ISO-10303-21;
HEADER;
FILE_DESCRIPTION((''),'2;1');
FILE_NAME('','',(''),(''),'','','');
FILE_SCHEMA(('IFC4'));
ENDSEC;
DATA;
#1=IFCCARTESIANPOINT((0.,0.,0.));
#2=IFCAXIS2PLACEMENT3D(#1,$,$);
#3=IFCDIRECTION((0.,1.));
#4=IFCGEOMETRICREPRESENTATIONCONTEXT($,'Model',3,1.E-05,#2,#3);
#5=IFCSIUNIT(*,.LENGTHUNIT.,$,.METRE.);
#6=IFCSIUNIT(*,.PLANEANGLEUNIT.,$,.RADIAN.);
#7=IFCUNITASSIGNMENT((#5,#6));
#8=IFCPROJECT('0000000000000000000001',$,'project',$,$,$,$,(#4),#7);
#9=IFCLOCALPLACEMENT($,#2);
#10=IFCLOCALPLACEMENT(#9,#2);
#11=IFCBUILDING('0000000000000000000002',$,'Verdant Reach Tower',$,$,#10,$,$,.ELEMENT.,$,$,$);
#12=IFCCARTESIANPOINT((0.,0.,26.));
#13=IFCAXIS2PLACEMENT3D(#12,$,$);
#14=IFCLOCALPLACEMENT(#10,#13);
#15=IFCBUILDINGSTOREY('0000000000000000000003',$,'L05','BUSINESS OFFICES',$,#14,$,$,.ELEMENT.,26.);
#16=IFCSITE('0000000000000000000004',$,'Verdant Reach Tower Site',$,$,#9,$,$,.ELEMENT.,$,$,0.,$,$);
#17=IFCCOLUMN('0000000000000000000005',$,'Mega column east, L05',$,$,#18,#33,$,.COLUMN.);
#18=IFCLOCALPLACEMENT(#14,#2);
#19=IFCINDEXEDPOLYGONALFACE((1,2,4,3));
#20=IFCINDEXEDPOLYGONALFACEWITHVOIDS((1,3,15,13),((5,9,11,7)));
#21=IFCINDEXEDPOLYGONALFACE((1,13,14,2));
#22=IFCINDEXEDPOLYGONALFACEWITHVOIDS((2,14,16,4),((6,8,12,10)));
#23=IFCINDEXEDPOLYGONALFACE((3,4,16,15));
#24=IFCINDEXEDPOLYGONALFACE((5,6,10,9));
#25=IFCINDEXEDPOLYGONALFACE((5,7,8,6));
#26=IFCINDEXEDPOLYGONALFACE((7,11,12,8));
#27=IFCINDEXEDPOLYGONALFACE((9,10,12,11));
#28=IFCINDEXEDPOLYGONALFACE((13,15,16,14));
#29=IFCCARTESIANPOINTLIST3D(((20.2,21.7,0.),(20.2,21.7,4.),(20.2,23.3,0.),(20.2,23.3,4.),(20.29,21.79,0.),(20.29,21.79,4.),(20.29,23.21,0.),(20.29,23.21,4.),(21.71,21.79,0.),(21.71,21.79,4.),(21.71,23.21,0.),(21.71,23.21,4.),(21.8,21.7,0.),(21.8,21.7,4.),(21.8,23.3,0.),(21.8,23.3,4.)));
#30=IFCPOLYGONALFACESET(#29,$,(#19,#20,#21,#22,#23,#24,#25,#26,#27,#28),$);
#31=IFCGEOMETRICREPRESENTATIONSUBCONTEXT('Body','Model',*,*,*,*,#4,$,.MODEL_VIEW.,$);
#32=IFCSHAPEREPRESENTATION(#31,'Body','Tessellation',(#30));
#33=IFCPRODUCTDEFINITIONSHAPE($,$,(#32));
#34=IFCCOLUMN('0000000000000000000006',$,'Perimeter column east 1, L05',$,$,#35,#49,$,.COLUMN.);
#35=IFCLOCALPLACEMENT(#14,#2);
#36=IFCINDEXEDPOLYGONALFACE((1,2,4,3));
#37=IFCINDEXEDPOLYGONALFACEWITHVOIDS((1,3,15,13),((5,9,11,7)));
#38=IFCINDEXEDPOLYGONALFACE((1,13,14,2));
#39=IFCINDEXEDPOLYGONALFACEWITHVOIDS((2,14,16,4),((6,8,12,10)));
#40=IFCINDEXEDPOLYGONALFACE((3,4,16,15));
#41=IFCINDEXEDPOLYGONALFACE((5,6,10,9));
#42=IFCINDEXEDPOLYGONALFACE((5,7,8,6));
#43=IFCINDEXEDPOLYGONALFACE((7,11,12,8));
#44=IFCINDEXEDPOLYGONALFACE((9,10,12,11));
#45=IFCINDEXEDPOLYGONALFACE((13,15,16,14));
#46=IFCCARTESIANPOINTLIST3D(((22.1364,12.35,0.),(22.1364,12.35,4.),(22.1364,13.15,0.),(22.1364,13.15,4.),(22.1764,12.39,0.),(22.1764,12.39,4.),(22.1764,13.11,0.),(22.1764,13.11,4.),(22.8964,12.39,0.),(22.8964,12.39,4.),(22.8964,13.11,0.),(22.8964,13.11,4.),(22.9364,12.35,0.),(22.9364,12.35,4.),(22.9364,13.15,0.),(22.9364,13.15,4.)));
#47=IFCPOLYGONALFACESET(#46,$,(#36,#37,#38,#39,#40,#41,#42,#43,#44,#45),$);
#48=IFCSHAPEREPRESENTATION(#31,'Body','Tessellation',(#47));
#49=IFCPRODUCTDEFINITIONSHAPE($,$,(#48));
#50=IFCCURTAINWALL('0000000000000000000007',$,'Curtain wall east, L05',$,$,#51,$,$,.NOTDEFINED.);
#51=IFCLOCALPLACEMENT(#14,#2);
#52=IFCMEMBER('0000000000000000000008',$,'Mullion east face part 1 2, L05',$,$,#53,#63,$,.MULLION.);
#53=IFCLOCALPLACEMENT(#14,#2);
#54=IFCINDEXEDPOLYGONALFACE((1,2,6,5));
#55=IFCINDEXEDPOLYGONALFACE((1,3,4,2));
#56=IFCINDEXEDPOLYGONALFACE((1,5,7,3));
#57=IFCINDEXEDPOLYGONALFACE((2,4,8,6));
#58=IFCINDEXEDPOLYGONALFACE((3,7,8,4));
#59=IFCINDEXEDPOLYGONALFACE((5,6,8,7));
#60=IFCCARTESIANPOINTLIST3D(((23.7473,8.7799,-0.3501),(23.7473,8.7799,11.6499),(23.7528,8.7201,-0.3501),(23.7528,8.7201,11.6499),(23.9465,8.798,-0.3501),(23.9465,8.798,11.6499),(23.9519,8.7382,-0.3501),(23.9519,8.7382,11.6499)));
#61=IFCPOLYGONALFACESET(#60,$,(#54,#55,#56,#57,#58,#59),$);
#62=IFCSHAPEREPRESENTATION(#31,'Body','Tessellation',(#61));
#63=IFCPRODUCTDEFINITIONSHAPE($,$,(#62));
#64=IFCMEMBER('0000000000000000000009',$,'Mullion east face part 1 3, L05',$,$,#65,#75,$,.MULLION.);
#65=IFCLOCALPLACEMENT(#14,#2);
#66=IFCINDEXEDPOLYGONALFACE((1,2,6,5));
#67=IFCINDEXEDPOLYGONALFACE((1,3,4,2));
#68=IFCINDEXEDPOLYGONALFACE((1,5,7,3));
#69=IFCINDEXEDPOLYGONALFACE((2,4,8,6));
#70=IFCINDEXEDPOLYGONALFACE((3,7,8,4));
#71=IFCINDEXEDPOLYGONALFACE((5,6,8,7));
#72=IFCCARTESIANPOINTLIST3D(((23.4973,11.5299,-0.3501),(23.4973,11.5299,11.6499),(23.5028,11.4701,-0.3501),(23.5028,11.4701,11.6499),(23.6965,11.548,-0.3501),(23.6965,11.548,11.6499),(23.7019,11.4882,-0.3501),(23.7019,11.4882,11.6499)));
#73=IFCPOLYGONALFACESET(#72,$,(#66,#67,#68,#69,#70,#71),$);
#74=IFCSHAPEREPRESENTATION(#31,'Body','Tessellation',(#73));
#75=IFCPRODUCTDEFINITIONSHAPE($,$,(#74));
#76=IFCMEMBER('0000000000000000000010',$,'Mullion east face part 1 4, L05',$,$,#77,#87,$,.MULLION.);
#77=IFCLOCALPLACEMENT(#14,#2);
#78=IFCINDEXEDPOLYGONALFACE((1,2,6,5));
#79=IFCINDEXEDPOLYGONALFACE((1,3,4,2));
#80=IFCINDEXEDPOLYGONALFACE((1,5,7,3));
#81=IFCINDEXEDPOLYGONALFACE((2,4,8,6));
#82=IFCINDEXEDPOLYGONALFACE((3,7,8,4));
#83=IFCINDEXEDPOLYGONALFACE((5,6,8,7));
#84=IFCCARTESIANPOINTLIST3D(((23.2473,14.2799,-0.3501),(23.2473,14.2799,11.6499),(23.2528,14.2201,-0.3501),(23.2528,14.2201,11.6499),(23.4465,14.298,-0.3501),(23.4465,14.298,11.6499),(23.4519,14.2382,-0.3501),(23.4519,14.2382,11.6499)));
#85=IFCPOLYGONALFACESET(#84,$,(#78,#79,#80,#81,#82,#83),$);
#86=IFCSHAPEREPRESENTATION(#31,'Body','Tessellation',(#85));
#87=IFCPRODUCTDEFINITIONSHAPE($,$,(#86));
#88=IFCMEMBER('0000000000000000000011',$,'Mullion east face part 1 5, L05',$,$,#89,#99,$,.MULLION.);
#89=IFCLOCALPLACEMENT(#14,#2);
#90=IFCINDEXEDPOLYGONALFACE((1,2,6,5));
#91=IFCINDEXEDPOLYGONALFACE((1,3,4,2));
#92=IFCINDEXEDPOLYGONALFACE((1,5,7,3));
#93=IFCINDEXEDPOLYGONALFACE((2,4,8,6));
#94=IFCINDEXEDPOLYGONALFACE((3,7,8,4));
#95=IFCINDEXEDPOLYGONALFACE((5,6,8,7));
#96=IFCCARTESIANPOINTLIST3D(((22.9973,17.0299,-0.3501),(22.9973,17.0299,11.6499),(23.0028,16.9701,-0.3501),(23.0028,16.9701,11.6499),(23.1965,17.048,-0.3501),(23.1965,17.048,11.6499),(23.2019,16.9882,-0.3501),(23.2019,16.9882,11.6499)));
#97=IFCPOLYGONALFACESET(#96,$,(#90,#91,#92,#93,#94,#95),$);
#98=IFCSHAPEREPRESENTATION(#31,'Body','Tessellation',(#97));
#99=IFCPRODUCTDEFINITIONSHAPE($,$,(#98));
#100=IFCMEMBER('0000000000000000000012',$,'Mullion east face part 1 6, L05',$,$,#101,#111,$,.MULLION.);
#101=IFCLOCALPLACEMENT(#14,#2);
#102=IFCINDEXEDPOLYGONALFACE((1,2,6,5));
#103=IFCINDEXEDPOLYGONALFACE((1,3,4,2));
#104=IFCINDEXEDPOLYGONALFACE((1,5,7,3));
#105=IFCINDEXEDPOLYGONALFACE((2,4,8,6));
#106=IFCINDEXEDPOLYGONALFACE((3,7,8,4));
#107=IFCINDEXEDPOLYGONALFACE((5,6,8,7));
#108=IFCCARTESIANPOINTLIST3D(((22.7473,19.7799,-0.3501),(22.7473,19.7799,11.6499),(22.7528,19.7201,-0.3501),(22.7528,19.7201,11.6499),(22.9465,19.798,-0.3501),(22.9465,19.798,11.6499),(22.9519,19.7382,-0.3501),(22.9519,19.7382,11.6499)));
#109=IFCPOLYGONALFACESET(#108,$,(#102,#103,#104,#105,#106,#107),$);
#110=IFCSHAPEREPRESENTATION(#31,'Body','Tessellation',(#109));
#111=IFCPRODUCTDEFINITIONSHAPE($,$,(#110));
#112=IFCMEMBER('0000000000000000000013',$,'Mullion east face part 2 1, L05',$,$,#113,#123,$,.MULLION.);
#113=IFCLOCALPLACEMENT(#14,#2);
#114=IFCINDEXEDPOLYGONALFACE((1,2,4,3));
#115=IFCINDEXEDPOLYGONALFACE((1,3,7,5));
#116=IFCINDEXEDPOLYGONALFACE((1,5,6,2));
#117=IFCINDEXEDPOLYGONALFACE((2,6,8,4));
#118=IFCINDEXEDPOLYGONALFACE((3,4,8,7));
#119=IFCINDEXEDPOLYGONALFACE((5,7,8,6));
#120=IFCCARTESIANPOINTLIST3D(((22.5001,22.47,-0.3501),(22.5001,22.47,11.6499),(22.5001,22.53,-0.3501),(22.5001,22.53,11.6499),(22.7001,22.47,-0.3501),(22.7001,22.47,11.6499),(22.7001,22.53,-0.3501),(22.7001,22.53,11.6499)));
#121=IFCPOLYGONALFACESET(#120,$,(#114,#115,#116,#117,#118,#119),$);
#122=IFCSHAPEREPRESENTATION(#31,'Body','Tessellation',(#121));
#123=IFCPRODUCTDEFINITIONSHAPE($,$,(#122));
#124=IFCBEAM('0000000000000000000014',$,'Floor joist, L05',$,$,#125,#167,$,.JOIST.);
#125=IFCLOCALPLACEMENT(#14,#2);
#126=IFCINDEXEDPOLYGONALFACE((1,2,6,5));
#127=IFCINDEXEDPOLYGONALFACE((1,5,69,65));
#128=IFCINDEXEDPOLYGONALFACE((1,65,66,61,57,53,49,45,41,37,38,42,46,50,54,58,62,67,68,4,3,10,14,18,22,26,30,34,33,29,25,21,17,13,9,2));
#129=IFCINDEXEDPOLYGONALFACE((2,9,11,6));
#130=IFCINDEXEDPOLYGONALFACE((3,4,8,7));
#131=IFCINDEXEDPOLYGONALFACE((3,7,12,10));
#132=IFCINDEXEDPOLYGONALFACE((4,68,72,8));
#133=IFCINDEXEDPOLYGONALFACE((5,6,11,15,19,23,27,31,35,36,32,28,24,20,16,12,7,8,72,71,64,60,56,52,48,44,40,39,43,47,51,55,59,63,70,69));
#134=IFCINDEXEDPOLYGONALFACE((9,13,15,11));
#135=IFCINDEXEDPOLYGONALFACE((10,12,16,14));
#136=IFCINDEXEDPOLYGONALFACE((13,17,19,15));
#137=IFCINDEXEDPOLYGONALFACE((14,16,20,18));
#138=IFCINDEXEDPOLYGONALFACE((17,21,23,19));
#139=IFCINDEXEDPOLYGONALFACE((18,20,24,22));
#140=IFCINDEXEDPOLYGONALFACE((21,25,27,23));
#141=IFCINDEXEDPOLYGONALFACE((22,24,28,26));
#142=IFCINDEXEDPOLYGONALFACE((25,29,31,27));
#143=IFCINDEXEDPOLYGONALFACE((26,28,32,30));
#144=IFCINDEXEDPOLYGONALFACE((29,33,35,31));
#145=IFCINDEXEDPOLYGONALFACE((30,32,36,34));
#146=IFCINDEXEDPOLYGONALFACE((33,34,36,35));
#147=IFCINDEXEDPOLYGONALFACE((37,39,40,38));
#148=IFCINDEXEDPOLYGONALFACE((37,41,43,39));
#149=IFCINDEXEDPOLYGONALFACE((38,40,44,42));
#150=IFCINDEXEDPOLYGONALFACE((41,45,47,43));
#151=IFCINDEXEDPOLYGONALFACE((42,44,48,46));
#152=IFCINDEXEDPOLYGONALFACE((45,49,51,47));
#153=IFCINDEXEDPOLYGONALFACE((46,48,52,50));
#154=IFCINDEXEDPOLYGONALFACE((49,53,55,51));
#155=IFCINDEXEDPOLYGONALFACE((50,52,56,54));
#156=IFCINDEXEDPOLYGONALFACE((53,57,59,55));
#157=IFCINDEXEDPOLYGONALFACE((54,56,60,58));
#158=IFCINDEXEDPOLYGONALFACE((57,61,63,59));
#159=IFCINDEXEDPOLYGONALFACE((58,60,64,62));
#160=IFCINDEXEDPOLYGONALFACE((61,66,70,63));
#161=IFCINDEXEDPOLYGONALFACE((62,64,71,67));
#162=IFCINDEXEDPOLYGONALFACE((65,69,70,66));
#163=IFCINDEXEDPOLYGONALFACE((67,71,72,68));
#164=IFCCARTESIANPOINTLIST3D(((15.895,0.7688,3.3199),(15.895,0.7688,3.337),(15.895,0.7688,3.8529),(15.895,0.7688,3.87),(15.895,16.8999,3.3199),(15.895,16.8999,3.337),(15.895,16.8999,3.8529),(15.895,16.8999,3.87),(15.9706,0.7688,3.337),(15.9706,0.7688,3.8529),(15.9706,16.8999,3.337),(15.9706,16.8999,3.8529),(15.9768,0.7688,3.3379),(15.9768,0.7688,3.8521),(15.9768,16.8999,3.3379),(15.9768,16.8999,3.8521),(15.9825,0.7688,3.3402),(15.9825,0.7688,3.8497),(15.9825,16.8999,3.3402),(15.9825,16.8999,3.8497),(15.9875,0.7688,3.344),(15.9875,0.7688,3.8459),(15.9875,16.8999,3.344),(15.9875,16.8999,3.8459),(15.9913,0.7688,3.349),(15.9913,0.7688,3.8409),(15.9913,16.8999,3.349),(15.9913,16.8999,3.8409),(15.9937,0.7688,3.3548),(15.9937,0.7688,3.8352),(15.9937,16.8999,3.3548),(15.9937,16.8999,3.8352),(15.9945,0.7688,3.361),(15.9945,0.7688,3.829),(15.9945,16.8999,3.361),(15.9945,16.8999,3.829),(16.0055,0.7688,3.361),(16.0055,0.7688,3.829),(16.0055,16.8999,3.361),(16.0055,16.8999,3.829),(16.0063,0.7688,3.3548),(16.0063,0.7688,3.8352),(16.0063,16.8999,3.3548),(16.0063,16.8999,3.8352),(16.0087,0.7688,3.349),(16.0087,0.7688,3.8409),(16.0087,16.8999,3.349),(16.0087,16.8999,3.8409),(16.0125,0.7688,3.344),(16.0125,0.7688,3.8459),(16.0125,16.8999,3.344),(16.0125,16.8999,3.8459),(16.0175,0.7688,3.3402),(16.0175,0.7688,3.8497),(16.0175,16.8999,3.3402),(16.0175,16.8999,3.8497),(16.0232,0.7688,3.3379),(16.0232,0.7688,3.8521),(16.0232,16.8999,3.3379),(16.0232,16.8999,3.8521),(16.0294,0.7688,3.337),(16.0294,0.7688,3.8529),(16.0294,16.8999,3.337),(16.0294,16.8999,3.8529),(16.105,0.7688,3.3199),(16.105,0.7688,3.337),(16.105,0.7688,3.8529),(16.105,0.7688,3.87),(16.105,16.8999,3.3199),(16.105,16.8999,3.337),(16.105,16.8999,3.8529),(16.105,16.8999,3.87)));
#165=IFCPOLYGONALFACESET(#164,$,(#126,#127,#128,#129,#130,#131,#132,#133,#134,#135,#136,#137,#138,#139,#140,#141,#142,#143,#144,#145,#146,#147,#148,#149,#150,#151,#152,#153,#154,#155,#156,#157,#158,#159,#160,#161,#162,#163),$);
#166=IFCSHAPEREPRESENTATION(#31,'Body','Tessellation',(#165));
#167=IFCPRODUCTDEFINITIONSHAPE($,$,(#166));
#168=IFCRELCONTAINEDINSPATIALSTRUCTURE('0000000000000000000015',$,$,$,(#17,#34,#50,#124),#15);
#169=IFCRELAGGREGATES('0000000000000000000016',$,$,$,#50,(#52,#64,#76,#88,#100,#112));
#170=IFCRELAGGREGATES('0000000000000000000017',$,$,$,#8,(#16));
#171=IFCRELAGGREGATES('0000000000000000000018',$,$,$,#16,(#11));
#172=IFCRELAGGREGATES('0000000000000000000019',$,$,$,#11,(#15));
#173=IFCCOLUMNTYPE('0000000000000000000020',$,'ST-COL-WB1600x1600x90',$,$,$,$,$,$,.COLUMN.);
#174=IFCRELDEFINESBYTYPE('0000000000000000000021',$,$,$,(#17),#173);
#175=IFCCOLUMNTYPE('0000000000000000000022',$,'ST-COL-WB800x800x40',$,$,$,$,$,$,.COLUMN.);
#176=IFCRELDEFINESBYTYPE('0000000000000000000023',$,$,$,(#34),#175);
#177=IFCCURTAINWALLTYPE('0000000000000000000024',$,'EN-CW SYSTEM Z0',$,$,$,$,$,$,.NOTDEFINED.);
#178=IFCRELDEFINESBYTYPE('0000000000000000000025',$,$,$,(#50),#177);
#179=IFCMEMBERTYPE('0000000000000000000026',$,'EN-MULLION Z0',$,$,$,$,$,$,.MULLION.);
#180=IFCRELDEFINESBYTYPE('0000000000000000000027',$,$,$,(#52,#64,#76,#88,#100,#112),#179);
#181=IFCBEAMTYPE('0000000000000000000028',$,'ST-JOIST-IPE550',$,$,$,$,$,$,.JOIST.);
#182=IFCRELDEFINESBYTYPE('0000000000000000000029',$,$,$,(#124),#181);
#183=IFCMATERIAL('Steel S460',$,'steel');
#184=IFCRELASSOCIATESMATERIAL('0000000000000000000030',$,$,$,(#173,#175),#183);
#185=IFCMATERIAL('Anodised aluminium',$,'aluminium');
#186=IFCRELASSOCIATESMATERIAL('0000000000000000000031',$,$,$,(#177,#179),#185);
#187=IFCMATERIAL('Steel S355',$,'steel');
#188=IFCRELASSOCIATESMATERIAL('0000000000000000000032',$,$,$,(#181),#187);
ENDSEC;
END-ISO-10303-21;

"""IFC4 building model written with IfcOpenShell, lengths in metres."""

from ifc_helpers import new_model, si_unit, direction, frame, origin, origin_2d, place, context, subcontext, project, spatial, rectangle, hollow_rectangle, i_section, extrude, material, material_profile, profile_set, type_object, element, aggregate, save


model = new_model("IFC4")

# Units and contexts
model_context = context("Model", 3, precision=1e-05, world=origin(), true_north=direction((0.0, 1.0)))
body_context = subcontext(model_context, "Body", "Model", "MODEL_VIEW")
ifc_project = project(units=[si_unit("LENGTHUNIT", "METRE"), si_unit("PLANEANGLEUNIT", "RADIAN")], contexts=[model_context])

# Site, building, storey
site_placement = place(None, origin())
site = spatial("IfcSite", under=ifc_project, at=site_placement, Name="Verdant Reach Tower Site", CompositionType="ELEMENT", RefElevation=0.0)
building_placement = place(site_placement, origin())
building = spatial("IfcBuilding", under=site, at=building_placement, Name="Verdant Reach Tower", CompositionType="ELEMENT")
storey_placement = place(building_placement, frame((0.0, 0.0, 26.0)))
storey = spatial("IfcBuildingStorey", under=building, at=storey_placement, Name="L05", Description="BUSINESS OFFICES", CompositionType="ELEMENT", Elevation=26.0)

# Columns
ifc_material_1 = material(Name="Steel S460", Category="steel")
ifc_material_profile_1 = material_profile(ifc_material_1, hollow_rectangle(XDim=1.6001, YDim=1.6001, WallThickness=0.0901, at=origin_2d()), Name="WB 1600x1600x90")
ifc_profile_set_1 = profile_set([ifc_material_profile_1], Name="Steel S460")
column_type_1 = type_object("IfcColumnType", Name="ST-COL-WB1600x1600x90", PredefinedType="COLUMN", material=ifc_profile_set_1)
column_1_placement = place(storey_placement, frame((21.0, 22.5, 0.0), z_axis=(0.0, 0.0, 1.0), x_axis=(1.0, 0.0, 0.0)))
element("IfcColumn", 1, at=column_1_placement, inside=storey, type_object=column_type_1, Name="Mega column east, L05", PredefinedType="COLUMN", context=body_context, shape_type="SweptSolid", body=[
    extrude(hollow_rectangle(XDim=1.6001, YDim=1.6001, WallThickness=0.0901, at=origin_2d()), origin(), (0.0, 0.0, 1.0), 4.0),
])
ifc_material_profile_2 = material_profile(ifc_material_1, hollow_rectangle(XDim=0.8, YDim=0.8, WallThickness=0.04, at=origin_2d()), Name="WB 800x800x40")
ifc_profile_set_2 = profile_set([ifc_material_profile_2], Name="Steel S460")
column_type_2 = type_object("IfcColumnType", Name="ST-COL-WB800x800x40", PredefinedType="COLUMN", material=ifc_profile_set_2)
column_2_placement = place(storey_placement, frame((22.5364, 12.75, 0.0), z_axis=(0.0, 0.0, 1.0), x_axis=(1.0, 0.0, 0.0)))
element("IfcColumn", 2, at=column_2_placement, inside=storey, type_object=column_type_2, Name="Perimeter column east 1, L05", PredefinedType="COLUMN", context=body_context, shape_type="SweptSolid", body=[
    extrude(hollow_rectangle(XDim=0.8, YDim=0.8, WallThickness=0.04, at=origin_2d()), origin(), (0.0, 0.0, 1.0), 4.0),
])

# Curtain wall, members
ifc_material_2 = material(Name="Anodised aluminium", Category="aluminium")
curtain_wall_type = type_object("IfcCurtainWallType", Name="EN-CW SYSTEM Z0", PredefinedType="NOTDEFINED", material=ifc_material_2)
curtain_wall_placement = place(storey_placement, origin())
curtain_wall = element("IfcCurtainWall", 3, at=curtain_wall_placement, inside=storey, type_object=curtain_wall_type, Name="Curtain wall east, L05", PredefinedType="NOTDEFINED")
ifc_material_profile_3 = material_profile(ifc_material_2, rectangle(XDim=0.2, YDim=0.0601, at=origin_2d()), Name="Mullion 60x200")
ifc_profile_set_3 = profile_set([ifc_material_profile_3], Name="Anodised aluminium")
member_type = type_object("IfcMemberType", Name="EN-MULLION Z0", PredefinedType="MULLION", material=ifc_profile_set_3)
member_1_placement = place(storey_placement, frame((23.8496, 8.759, -0.3501), z_axis=(0.0, 0.0, 1.0), x_axis=(0.995893, 0.090536, 0.0)))
member_1 = element("IfcMember", 4, at=member_1_placement, type_object=member_type, Name="Mullion east face part 1 2, L05", PredefinedType="MULLION", context=body_context, shape_type="SweptSolid", body=[
    extrude(rectangle(XDim=0.2, YDim=0.0601, at=origin_2d()), origin(), (0.0, 0.0, 1.0), 12.0),
])
member_2_placement = place(storey_placement, frame((23.5996, 11.509, -0.3501), z_axis=(0.0, 0.0, 1.0), x_axis=(0.995893, 0.090536, 0.0)))
member_2 = element("IfcMember", 5, at=member_2_placement, type_object=member_type, Name="Mullion east face part 1 3, L05", PredefinedType="MULLION", context=body_context, shape_type="SweptSolid", body=[
    extrude(rectangle(XDim=0.2, YDim=0.0601, at=origin_2d()), origin(), (0.0, 0.0, 1.0), 12.0),
])
member_3_placement = place(storey_placement, frame((23.3496, 14.259, -0.3501), z_axis=(0.0, 0.0, 1.0), x_axis=(0.995893, 0.090536, 0.0)))
member_3 = element("IfcMember", 6, at=member_3_placement, type_object=member_type, Name="Mullion east face part 1 4, L05", PredefinedType="MULLION", context=body_context, shape_type="SweptSolid", body=[
    extrude(rectangle(XDim=0.2, YDim=0.0601, at=origin_2d()), origin(), (0.0, 0.0, 1.0), 12.0),
])
member_4_placement = place(storey_placement, frame((23.0996, 17.009, -0.3501), z_axis=(0.0, 0.0, 1.0), x_axis=(0.995893, 0.090536, 0.0)))
member_4 = element("IfcMember", 7, at=member_4_placement, type_object=member_type, Name="Mullion east face part 1 5, L05", PredefinedType="MULLION", context=body_context, shape_type="SweptSolid", body=[
    extrude(rectangle(XDim=0.2, YDim=0.0601, at=origin_2d()), origin(), (0.0, 0.0, 1.0), 12.0),
])
member_5_placement = place(storey_placement, frame((22.8496, 19.759, -0.3501), z_axis=(0.0, 0.0, 1.0), x_axis=(0.995893, 0.090536, 0.0)))
member_5 = element("IfcMember", 8, at=member_5_placement, type_object=member_type, Name="Mullion east face part 1 6, L05", PredefinedType="MULLION", context=body_context, shape_type="SweptSolid", body=[
    extrude(rectangle(XDim=0.2, YDim=0.0601, at=origin_2d()), origin(), (0.0, 0.0, 1.0), 12.0),
])
member_6_placement = place(storey_placement, frame((22.6001, 22.5, -0.3501), z_axis=(0.0, 0.0, 1.0), x_axis=(1.0, 0.0, 0.0)))
member_6 = element("IfcMember", 9, at=member_6_placement, type_object=member_type, Name="Mullion east face part 2 1, L05", PredefinedType="MULLION", context=body_context, shape_type="SweptSolid", body=[
    extrude(rectangle(XDim=0.2, YDim=0.0601, at=origin_2d()), origin(), (0.0, 0.0, 1.0), 12.0),
])

# Beam
ifc_material_3 = material(Name="Steel S355", Category="steel")
ifc_material_profile_4 = material_profile(ifc_material_3, i_section(OverallWidth=0.21, OverallDepth=0.55, WebThickness=0.011, FlangeThickness=0.0171, FilletRadius=0.0239, at=origin_2d()), Name="IPE 550")
ifc_profile_set_4 = profile_set([ifc_material_profile_4], Name="Steel S355")
beam_type_1 = type_object("IfcBeamType", Name="ST-JOIST-IPE550", PredefinedType="JOIST", material=ifc_profile_set_4)
beam_1_placement = place(storey_placement, frame((16.0, 16.8999, 3.595), z_axis=(0.0, -1.0, 0.0), x_axis=(1.0, 0.0, 0.0)))
element("IfcBeam", 10, at=beam_1_placement, inside=storey, type_object=beam_type_1, Name="Floor joist, L05", PredefinedType="JOIST", context=body_context, shape_type="SweptSolid", body=[
    extrude(i_section(OverallWidth=0.21, OverallDepth=0.55, WebThickness=0.011, FlangeThickness=0.0171, FilletRadius=0.0239, at=origin_2d()), origin(), (0.0, 0.0, 1.0), 16.1311),
])

aggregate(curtain_wall, [member_1, member_2, member_3, member_4, member_5, member_6])

save(model, "model.ifc")
